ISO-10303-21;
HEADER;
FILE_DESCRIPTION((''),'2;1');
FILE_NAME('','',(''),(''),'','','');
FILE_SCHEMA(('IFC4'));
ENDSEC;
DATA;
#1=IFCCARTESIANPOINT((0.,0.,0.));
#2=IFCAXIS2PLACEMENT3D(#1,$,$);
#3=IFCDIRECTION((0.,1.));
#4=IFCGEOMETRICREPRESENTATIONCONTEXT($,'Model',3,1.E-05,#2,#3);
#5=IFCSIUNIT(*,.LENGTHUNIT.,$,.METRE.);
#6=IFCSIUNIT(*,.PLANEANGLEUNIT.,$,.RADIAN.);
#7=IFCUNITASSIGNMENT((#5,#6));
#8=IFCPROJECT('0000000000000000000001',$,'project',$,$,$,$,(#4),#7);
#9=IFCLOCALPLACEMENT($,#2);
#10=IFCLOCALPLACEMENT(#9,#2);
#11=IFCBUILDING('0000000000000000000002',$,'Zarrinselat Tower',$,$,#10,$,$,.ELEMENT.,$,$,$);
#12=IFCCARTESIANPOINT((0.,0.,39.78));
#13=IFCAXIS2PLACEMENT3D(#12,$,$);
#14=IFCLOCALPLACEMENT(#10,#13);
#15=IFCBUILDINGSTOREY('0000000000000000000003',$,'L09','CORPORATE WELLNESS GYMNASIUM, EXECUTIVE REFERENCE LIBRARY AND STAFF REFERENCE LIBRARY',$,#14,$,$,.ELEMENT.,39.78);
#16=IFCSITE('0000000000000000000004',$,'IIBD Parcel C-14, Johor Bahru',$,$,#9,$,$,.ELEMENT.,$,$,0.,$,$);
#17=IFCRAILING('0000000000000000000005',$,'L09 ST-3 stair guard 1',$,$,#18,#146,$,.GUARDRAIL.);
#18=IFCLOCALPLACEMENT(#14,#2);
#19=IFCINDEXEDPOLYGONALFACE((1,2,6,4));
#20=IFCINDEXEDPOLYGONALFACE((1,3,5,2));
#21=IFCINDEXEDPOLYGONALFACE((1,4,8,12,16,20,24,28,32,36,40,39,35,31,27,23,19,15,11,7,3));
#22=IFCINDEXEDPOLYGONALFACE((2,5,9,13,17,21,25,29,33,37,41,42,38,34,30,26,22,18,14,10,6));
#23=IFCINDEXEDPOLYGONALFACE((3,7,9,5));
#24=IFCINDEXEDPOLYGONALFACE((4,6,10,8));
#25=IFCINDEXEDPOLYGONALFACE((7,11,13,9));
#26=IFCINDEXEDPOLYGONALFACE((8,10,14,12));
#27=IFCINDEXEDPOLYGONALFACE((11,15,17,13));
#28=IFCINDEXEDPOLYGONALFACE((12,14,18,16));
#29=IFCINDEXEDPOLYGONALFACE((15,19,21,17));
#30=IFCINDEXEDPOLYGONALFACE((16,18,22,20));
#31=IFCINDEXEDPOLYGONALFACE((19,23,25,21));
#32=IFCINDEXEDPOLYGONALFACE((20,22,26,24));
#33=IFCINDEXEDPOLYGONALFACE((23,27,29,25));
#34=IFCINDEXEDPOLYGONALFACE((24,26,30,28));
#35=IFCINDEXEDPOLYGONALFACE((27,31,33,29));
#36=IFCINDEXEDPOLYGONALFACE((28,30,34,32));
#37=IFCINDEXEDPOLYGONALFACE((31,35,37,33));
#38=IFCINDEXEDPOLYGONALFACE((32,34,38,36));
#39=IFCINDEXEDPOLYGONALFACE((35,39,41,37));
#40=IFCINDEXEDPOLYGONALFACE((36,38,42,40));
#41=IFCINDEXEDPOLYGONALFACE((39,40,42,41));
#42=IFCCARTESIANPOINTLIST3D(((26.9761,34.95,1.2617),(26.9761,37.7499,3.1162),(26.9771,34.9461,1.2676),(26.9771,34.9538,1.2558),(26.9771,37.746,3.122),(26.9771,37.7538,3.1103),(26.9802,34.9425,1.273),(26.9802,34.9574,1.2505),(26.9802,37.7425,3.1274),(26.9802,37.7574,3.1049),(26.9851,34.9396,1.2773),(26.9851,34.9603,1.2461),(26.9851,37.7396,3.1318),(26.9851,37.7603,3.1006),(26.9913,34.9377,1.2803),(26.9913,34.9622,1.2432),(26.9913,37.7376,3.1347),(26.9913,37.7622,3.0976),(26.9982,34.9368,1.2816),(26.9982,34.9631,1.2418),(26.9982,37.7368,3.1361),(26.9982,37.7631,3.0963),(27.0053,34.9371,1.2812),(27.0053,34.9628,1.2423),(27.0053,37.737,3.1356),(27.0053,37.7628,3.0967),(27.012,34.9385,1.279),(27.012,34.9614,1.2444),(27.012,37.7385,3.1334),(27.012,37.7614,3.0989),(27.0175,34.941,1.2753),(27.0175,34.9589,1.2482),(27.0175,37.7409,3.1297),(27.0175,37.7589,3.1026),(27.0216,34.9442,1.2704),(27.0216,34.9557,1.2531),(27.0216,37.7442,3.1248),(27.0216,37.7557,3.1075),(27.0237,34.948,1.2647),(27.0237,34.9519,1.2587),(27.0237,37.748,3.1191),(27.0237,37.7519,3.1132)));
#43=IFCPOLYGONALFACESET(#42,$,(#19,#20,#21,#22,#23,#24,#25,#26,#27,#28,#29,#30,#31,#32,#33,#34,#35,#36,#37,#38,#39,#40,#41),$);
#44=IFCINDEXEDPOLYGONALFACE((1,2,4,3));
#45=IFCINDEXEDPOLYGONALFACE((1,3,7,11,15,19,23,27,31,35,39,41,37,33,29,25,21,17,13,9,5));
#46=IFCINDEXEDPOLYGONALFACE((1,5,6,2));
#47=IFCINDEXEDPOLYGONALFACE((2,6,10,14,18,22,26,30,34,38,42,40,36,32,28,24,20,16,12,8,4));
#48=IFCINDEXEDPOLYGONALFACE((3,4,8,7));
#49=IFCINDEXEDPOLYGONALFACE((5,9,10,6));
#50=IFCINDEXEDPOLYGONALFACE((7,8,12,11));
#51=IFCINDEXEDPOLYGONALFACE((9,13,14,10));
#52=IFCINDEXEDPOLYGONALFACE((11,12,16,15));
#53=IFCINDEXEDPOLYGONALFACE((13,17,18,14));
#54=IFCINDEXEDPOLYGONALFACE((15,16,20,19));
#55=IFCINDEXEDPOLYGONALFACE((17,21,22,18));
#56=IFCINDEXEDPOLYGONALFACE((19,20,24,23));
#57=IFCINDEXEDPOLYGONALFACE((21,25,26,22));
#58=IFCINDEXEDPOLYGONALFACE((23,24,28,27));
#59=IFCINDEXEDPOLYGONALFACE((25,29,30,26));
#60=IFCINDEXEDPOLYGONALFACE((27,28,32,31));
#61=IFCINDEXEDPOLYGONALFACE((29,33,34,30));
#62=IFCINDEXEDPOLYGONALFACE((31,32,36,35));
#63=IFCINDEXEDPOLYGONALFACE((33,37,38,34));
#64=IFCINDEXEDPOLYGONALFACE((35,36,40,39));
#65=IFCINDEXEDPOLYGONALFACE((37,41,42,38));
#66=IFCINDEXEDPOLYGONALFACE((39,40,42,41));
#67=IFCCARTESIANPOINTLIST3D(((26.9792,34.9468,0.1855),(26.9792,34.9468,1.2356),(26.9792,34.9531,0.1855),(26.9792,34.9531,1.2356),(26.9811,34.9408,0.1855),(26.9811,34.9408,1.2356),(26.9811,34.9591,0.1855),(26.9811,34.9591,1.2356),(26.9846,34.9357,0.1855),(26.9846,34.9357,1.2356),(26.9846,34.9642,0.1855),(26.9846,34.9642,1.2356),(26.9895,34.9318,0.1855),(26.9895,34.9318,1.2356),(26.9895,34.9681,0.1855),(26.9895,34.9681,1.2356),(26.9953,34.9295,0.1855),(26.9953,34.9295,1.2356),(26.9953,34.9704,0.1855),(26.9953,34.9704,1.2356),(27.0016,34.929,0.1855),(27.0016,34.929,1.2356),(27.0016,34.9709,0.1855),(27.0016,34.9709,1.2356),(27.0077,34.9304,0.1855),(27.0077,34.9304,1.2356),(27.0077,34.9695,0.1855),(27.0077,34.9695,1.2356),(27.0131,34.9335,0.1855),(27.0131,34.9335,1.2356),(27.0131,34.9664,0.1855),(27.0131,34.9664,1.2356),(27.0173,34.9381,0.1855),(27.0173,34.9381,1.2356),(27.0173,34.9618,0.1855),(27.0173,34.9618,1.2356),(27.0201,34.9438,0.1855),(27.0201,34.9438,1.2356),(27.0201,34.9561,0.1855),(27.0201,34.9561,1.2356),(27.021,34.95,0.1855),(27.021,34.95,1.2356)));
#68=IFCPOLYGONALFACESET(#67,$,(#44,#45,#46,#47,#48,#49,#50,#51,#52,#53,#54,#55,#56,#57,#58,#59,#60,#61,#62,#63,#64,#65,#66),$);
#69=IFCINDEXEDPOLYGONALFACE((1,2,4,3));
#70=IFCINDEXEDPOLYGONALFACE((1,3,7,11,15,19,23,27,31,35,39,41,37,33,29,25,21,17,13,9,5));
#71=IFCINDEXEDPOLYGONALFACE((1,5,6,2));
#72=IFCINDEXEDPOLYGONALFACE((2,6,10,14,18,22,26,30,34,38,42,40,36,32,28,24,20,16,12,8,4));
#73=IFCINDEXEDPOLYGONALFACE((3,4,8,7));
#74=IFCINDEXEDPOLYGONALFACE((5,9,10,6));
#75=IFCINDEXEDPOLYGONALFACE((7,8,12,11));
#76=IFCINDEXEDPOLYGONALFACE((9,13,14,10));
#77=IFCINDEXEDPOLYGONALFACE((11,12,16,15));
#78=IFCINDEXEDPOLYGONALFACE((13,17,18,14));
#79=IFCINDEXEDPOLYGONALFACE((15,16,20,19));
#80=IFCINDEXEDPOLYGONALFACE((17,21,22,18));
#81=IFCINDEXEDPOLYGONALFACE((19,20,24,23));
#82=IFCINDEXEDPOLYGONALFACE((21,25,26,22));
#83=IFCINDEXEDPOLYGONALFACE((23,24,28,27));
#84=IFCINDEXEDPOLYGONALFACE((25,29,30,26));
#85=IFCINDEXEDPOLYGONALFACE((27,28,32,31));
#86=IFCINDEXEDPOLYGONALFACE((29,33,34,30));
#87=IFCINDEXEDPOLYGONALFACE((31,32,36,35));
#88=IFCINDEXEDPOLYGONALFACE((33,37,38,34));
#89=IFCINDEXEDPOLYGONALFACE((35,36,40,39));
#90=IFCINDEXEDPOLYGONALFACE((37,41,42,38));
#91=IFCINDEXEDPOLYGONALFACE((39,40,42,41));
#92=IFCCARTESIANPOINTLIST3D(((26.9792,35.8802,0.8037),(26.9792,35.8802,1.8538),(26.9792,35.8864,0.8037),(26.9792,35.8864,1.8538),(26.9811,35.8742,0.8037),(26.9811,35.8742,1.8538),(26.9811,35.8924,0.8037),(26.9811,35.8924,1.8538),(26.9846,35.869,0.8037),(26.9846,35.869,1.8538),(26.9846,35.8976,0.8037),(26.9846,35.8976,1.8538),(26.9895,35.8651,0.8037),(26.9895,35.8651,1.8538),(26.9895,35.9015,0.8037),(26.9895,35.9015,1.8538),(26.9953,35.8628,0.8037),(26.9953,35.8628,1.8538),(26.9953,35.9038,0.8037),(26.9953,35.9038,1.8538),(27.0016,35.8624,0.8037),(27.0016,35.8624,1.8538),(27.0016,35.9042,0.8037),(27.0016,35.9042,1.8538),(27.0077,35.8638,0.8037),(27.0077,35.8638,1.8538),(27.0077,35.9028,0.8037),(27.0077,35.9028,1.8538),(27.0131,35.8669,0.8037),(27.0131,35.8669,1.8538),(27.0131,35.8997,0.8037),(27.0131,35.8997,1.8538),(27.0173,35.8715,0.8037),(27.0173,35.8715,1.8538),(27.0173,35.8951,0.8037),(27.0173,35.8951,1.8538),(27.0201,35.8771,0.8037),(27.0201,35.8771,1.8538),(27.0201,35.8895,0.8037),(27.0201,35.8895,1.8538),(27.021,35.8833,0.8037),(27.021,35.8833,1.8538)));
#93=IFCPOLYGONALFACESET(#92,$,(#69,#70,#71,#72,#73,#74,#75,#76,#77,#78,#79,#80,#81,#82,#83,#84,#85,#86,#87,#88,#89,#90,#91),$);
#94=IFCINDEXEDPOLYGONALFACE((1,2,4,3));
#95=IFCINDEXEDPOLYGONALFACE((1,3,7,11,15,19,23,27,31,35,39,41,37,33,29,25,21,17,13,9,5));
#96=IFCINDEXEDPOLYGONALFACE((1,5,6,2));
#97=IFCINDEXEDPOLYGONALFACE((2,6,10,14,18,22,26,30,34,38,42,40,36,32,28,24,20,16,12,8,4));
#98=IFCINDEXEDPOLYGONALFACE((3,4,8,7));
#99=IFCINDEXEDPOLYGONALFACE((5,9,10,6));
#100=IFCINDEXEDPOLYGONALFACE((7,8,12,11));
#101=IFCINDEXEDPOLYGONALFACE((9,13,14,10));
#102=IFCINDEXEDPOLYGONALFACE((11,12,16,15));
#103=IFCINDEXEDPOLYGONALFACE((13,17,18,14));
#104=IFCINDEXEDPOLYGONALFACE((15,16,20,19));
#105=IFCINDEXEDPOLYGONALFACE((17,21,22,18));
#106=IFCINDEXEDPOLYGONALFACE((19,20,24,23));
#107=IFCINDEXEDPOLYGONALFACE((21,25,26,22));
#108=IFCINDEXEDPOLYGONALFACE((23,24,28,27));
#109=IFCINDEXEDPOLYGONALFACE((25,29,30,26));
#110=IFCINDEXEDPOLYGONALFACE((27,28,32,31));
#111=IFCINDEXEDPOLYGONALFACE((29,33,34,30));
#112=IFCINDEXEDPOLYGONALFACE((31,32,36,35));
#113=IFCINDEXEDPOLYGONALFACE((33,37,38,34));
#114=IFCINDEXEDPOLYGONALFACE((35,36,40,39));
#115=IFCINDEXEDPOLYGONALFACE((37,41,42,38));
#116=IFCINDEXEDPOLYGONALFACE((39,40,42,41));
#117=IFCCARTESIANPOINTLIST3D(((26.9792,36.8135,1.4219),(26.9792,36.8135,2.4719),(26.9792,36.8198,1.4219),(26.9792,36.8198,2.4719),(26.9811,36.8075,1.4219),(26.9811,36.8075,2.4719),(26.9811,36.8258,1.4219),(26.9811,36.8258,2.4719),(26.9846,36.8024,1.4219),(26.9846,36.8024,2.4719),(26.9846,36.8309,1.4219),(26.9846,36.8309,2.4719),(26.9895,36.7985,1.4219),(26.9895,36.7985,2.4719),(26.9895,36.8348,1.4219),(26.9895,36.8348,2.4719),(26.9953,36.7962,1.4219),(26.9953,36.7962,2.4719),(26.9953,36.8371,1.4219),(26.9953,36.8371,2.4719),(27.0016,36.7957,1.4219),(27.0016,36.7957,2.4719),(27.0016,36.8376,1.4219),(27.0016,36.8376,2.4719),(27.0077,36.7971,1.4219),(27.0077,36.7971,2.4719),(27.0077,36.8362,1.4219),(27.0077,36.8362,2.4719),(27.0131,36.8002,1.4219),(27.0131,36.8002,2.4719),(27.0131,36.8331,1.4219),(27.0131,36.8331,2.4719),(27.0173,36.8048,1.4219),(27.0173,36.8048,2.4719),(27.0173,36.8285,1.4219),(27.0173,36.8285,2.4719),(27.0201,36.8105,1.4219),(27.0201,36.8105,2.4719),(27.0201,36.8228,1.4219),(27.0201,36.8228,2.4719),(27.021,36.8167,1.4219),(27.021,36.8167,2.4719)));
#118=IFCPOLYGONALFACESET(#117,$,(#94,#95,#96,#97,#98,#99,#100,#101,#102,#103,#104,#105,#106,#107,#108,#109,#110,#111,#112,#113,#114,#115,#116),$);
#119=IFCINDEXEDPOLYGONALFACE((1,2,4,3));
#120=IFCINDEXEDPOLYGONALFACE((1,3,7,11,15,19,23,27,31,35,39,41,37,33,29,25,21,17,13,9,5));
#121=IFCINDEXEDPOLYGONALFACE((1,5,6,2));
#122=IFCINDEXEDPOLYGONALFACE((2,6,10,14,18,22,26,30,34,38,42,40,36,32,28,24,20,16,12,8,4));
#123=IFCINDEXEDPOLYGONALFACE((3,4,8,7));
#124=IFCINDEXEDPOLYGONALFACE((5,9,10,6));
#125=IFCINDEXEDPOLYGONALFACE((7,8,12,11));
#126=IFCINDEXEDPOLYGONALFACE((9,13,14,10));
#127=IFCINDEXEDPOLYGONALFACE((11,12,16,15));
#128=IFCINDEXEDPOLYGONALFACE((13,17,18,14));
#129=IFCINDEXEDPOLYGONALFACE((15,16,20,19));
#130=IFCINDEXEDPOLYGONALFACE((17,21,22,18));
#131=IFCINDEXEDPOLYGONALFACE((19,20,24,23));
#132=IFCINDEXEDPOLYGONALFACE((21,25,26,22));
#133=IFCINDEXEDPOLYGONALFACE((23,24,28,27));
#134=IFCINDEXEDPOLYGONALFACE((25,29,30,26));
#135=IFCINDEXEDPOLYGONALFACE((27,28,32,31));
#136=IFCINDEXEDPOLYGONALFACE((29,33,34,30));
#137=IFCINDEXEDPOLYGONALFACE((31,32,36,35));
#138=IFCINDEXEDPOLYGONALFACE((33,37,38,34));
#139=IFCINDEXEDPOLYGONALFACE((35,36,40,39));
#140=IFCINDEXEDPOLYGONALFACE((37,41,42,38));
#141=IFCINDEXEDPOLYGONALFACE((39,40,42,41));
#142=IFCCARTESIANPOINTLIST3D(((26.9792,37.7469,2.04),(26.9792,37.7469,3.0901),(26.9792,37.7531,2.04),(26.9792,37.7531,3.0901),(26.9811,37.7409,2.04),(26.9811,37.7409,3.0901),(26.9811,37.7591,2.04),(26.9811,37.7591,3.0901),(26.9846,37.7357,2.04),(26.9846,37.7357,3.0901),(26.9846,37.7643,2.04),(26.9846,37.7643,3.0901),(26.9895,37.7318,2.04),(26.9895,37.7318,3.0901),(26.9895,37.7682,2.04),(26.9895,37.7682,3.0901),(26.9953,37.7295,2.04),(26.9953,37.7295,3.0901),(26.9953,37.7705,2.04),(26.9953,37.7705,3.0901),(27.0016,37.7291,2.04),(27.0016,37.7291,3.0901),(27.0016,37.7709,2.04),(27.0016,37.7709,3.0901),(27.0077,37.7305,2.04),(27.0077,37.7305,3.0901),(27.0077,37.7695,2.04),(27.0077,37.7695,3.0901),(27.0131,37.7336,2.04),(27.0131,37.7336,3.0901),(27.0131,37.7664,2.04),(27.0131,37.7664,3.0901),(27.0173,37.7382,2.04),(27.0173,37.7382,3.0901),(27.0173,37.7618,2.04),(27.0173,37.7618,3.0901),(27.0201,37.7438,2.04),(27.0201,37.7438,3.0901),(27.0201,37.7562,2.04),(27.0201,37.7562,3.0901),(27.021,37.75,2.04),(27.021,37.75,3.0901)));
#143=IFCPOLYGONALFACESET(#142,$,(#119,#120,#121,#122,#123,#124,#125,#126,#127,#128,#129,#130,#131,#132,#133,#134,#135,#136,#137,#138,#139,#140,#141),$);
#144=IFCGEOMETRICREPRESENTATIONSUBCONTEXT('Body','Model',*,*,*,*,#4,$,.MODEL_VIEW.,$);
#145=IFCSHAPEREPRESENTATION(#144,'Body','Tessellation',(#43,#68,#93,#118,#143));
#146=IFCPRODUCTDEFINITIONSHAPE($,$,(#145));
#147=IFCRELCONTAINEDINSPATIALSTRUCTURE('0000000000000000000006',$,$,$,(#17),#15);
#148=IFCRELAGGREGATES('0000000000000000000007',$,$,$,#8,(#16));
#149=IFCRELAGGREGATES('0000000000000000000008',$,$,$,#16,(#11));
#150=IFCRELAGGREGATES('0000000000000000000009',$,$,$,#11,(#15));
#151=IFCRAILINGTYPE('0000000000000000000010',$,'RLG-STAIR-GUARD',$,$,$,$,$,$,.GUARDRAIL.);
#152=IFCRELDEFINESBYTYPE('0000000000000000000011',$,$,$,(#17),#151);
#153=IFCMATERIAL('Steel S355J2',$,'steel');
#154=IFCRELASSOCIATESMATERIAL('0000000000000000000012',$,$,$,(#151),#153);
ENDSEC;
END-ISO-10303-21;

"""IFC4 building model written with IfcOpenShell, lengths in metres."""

from ifc_helpers import new_model, si_unit, direction, frame, origin, origin_2d, place, context, subcontext, project, spatial, circle, extrude, material, type_object, element, save


model = new_model("IFC4")

# Units and contexts
model_context = context("Model", 3, precision=1e-05, world=origin(), true_north=direction((0.0, 1.0)))
body_context = subcontext(model_context, "Body", "Model", "MODEL_VIEW")
ifc_project = project(units=[si_unit("LENGTHUNIT", "METRE"), si_unit("PLANEANGLEUNIT", "RADIAN")], contexts=[model_context])

# Site, building, storey
site_placement = place(None, origin())
site = spatial("IfcSite", under=ifc_project, at=site_placement, Name="IIBD Parcel C-14, Johor Bahru", CompositionType="ELEMENT", RefElevation=0.0)
building_placement = place(site_placement, origin())
building = spatial("IfcBuilding", under=site, at=building_placement, Name="Zarrinselat Tower", CompositionType="ELEMENT")
storey_placement = place(building_placement, frame((0.0, 0.0, 39.78)))
storey = spatial("IfcBuildingStorey", under=building, at=storey_placement, Name="L09", Description="CORPORATE WELLNESS GYMNASIUM, EXECUTIVE REFERENCE LIBRARY AND STAFF REFERENCE LIBRARY", CompositionType="ELEMENT", Elevation=39.78)

# Railing
ifc_material_1 = material(Name="Steel S355J2", Category="steel")
railing_type_1 = type_object("IfcRailingType", Name="RLG-STAIR-GUARD", PredefinedType="GUARDRAIL", material=ifc_material_1)
railing_1_placement = place(storey_placement, frame((27.0, 34.95, 0.1855)))
element("IfcRailing", 1, at=railing_1_placement, inside=storey, type_object=railing_type_1, Name="L09 ST-3 stair guard 1", PredefinedType="GUARDRAIL", context=body_context, shape_type="SweptSolid", body=[
    extrude(circle(Radius=0.0239, at=origin_2d()), frame((0.0, 0.0, 1.0762), z_axis=(0.0, 0.833724, 0.552181), x_axis=(-1.0, 0.0, 0.0)), (0.0, 0.0, 1.0), 3.3584),
    extrude(circle(Radius=0.021, at=origin_2d()), origin(), (0.0, 0.0, 1.0), 1.05),
    extrude(circle(Radius=0.021, at=origin_2d()), frame((0.0, 0.9333, 0.6182)), (0.0, 0.0, 1.0), 1.05),
    extrude(circle(Radius=0.021, at=origin_2d()), frame((0.0, 1.8667, 1.2363)), (0.0, 0.0, 1.0), 1.05),
    extrude(circle(Radius=0.021, at=origin_2d()), frame((0.0, 2.8, 1.8545)), (0.0, 0.0, 1.0), 1.05),
])

save(model, "model.ifc")
